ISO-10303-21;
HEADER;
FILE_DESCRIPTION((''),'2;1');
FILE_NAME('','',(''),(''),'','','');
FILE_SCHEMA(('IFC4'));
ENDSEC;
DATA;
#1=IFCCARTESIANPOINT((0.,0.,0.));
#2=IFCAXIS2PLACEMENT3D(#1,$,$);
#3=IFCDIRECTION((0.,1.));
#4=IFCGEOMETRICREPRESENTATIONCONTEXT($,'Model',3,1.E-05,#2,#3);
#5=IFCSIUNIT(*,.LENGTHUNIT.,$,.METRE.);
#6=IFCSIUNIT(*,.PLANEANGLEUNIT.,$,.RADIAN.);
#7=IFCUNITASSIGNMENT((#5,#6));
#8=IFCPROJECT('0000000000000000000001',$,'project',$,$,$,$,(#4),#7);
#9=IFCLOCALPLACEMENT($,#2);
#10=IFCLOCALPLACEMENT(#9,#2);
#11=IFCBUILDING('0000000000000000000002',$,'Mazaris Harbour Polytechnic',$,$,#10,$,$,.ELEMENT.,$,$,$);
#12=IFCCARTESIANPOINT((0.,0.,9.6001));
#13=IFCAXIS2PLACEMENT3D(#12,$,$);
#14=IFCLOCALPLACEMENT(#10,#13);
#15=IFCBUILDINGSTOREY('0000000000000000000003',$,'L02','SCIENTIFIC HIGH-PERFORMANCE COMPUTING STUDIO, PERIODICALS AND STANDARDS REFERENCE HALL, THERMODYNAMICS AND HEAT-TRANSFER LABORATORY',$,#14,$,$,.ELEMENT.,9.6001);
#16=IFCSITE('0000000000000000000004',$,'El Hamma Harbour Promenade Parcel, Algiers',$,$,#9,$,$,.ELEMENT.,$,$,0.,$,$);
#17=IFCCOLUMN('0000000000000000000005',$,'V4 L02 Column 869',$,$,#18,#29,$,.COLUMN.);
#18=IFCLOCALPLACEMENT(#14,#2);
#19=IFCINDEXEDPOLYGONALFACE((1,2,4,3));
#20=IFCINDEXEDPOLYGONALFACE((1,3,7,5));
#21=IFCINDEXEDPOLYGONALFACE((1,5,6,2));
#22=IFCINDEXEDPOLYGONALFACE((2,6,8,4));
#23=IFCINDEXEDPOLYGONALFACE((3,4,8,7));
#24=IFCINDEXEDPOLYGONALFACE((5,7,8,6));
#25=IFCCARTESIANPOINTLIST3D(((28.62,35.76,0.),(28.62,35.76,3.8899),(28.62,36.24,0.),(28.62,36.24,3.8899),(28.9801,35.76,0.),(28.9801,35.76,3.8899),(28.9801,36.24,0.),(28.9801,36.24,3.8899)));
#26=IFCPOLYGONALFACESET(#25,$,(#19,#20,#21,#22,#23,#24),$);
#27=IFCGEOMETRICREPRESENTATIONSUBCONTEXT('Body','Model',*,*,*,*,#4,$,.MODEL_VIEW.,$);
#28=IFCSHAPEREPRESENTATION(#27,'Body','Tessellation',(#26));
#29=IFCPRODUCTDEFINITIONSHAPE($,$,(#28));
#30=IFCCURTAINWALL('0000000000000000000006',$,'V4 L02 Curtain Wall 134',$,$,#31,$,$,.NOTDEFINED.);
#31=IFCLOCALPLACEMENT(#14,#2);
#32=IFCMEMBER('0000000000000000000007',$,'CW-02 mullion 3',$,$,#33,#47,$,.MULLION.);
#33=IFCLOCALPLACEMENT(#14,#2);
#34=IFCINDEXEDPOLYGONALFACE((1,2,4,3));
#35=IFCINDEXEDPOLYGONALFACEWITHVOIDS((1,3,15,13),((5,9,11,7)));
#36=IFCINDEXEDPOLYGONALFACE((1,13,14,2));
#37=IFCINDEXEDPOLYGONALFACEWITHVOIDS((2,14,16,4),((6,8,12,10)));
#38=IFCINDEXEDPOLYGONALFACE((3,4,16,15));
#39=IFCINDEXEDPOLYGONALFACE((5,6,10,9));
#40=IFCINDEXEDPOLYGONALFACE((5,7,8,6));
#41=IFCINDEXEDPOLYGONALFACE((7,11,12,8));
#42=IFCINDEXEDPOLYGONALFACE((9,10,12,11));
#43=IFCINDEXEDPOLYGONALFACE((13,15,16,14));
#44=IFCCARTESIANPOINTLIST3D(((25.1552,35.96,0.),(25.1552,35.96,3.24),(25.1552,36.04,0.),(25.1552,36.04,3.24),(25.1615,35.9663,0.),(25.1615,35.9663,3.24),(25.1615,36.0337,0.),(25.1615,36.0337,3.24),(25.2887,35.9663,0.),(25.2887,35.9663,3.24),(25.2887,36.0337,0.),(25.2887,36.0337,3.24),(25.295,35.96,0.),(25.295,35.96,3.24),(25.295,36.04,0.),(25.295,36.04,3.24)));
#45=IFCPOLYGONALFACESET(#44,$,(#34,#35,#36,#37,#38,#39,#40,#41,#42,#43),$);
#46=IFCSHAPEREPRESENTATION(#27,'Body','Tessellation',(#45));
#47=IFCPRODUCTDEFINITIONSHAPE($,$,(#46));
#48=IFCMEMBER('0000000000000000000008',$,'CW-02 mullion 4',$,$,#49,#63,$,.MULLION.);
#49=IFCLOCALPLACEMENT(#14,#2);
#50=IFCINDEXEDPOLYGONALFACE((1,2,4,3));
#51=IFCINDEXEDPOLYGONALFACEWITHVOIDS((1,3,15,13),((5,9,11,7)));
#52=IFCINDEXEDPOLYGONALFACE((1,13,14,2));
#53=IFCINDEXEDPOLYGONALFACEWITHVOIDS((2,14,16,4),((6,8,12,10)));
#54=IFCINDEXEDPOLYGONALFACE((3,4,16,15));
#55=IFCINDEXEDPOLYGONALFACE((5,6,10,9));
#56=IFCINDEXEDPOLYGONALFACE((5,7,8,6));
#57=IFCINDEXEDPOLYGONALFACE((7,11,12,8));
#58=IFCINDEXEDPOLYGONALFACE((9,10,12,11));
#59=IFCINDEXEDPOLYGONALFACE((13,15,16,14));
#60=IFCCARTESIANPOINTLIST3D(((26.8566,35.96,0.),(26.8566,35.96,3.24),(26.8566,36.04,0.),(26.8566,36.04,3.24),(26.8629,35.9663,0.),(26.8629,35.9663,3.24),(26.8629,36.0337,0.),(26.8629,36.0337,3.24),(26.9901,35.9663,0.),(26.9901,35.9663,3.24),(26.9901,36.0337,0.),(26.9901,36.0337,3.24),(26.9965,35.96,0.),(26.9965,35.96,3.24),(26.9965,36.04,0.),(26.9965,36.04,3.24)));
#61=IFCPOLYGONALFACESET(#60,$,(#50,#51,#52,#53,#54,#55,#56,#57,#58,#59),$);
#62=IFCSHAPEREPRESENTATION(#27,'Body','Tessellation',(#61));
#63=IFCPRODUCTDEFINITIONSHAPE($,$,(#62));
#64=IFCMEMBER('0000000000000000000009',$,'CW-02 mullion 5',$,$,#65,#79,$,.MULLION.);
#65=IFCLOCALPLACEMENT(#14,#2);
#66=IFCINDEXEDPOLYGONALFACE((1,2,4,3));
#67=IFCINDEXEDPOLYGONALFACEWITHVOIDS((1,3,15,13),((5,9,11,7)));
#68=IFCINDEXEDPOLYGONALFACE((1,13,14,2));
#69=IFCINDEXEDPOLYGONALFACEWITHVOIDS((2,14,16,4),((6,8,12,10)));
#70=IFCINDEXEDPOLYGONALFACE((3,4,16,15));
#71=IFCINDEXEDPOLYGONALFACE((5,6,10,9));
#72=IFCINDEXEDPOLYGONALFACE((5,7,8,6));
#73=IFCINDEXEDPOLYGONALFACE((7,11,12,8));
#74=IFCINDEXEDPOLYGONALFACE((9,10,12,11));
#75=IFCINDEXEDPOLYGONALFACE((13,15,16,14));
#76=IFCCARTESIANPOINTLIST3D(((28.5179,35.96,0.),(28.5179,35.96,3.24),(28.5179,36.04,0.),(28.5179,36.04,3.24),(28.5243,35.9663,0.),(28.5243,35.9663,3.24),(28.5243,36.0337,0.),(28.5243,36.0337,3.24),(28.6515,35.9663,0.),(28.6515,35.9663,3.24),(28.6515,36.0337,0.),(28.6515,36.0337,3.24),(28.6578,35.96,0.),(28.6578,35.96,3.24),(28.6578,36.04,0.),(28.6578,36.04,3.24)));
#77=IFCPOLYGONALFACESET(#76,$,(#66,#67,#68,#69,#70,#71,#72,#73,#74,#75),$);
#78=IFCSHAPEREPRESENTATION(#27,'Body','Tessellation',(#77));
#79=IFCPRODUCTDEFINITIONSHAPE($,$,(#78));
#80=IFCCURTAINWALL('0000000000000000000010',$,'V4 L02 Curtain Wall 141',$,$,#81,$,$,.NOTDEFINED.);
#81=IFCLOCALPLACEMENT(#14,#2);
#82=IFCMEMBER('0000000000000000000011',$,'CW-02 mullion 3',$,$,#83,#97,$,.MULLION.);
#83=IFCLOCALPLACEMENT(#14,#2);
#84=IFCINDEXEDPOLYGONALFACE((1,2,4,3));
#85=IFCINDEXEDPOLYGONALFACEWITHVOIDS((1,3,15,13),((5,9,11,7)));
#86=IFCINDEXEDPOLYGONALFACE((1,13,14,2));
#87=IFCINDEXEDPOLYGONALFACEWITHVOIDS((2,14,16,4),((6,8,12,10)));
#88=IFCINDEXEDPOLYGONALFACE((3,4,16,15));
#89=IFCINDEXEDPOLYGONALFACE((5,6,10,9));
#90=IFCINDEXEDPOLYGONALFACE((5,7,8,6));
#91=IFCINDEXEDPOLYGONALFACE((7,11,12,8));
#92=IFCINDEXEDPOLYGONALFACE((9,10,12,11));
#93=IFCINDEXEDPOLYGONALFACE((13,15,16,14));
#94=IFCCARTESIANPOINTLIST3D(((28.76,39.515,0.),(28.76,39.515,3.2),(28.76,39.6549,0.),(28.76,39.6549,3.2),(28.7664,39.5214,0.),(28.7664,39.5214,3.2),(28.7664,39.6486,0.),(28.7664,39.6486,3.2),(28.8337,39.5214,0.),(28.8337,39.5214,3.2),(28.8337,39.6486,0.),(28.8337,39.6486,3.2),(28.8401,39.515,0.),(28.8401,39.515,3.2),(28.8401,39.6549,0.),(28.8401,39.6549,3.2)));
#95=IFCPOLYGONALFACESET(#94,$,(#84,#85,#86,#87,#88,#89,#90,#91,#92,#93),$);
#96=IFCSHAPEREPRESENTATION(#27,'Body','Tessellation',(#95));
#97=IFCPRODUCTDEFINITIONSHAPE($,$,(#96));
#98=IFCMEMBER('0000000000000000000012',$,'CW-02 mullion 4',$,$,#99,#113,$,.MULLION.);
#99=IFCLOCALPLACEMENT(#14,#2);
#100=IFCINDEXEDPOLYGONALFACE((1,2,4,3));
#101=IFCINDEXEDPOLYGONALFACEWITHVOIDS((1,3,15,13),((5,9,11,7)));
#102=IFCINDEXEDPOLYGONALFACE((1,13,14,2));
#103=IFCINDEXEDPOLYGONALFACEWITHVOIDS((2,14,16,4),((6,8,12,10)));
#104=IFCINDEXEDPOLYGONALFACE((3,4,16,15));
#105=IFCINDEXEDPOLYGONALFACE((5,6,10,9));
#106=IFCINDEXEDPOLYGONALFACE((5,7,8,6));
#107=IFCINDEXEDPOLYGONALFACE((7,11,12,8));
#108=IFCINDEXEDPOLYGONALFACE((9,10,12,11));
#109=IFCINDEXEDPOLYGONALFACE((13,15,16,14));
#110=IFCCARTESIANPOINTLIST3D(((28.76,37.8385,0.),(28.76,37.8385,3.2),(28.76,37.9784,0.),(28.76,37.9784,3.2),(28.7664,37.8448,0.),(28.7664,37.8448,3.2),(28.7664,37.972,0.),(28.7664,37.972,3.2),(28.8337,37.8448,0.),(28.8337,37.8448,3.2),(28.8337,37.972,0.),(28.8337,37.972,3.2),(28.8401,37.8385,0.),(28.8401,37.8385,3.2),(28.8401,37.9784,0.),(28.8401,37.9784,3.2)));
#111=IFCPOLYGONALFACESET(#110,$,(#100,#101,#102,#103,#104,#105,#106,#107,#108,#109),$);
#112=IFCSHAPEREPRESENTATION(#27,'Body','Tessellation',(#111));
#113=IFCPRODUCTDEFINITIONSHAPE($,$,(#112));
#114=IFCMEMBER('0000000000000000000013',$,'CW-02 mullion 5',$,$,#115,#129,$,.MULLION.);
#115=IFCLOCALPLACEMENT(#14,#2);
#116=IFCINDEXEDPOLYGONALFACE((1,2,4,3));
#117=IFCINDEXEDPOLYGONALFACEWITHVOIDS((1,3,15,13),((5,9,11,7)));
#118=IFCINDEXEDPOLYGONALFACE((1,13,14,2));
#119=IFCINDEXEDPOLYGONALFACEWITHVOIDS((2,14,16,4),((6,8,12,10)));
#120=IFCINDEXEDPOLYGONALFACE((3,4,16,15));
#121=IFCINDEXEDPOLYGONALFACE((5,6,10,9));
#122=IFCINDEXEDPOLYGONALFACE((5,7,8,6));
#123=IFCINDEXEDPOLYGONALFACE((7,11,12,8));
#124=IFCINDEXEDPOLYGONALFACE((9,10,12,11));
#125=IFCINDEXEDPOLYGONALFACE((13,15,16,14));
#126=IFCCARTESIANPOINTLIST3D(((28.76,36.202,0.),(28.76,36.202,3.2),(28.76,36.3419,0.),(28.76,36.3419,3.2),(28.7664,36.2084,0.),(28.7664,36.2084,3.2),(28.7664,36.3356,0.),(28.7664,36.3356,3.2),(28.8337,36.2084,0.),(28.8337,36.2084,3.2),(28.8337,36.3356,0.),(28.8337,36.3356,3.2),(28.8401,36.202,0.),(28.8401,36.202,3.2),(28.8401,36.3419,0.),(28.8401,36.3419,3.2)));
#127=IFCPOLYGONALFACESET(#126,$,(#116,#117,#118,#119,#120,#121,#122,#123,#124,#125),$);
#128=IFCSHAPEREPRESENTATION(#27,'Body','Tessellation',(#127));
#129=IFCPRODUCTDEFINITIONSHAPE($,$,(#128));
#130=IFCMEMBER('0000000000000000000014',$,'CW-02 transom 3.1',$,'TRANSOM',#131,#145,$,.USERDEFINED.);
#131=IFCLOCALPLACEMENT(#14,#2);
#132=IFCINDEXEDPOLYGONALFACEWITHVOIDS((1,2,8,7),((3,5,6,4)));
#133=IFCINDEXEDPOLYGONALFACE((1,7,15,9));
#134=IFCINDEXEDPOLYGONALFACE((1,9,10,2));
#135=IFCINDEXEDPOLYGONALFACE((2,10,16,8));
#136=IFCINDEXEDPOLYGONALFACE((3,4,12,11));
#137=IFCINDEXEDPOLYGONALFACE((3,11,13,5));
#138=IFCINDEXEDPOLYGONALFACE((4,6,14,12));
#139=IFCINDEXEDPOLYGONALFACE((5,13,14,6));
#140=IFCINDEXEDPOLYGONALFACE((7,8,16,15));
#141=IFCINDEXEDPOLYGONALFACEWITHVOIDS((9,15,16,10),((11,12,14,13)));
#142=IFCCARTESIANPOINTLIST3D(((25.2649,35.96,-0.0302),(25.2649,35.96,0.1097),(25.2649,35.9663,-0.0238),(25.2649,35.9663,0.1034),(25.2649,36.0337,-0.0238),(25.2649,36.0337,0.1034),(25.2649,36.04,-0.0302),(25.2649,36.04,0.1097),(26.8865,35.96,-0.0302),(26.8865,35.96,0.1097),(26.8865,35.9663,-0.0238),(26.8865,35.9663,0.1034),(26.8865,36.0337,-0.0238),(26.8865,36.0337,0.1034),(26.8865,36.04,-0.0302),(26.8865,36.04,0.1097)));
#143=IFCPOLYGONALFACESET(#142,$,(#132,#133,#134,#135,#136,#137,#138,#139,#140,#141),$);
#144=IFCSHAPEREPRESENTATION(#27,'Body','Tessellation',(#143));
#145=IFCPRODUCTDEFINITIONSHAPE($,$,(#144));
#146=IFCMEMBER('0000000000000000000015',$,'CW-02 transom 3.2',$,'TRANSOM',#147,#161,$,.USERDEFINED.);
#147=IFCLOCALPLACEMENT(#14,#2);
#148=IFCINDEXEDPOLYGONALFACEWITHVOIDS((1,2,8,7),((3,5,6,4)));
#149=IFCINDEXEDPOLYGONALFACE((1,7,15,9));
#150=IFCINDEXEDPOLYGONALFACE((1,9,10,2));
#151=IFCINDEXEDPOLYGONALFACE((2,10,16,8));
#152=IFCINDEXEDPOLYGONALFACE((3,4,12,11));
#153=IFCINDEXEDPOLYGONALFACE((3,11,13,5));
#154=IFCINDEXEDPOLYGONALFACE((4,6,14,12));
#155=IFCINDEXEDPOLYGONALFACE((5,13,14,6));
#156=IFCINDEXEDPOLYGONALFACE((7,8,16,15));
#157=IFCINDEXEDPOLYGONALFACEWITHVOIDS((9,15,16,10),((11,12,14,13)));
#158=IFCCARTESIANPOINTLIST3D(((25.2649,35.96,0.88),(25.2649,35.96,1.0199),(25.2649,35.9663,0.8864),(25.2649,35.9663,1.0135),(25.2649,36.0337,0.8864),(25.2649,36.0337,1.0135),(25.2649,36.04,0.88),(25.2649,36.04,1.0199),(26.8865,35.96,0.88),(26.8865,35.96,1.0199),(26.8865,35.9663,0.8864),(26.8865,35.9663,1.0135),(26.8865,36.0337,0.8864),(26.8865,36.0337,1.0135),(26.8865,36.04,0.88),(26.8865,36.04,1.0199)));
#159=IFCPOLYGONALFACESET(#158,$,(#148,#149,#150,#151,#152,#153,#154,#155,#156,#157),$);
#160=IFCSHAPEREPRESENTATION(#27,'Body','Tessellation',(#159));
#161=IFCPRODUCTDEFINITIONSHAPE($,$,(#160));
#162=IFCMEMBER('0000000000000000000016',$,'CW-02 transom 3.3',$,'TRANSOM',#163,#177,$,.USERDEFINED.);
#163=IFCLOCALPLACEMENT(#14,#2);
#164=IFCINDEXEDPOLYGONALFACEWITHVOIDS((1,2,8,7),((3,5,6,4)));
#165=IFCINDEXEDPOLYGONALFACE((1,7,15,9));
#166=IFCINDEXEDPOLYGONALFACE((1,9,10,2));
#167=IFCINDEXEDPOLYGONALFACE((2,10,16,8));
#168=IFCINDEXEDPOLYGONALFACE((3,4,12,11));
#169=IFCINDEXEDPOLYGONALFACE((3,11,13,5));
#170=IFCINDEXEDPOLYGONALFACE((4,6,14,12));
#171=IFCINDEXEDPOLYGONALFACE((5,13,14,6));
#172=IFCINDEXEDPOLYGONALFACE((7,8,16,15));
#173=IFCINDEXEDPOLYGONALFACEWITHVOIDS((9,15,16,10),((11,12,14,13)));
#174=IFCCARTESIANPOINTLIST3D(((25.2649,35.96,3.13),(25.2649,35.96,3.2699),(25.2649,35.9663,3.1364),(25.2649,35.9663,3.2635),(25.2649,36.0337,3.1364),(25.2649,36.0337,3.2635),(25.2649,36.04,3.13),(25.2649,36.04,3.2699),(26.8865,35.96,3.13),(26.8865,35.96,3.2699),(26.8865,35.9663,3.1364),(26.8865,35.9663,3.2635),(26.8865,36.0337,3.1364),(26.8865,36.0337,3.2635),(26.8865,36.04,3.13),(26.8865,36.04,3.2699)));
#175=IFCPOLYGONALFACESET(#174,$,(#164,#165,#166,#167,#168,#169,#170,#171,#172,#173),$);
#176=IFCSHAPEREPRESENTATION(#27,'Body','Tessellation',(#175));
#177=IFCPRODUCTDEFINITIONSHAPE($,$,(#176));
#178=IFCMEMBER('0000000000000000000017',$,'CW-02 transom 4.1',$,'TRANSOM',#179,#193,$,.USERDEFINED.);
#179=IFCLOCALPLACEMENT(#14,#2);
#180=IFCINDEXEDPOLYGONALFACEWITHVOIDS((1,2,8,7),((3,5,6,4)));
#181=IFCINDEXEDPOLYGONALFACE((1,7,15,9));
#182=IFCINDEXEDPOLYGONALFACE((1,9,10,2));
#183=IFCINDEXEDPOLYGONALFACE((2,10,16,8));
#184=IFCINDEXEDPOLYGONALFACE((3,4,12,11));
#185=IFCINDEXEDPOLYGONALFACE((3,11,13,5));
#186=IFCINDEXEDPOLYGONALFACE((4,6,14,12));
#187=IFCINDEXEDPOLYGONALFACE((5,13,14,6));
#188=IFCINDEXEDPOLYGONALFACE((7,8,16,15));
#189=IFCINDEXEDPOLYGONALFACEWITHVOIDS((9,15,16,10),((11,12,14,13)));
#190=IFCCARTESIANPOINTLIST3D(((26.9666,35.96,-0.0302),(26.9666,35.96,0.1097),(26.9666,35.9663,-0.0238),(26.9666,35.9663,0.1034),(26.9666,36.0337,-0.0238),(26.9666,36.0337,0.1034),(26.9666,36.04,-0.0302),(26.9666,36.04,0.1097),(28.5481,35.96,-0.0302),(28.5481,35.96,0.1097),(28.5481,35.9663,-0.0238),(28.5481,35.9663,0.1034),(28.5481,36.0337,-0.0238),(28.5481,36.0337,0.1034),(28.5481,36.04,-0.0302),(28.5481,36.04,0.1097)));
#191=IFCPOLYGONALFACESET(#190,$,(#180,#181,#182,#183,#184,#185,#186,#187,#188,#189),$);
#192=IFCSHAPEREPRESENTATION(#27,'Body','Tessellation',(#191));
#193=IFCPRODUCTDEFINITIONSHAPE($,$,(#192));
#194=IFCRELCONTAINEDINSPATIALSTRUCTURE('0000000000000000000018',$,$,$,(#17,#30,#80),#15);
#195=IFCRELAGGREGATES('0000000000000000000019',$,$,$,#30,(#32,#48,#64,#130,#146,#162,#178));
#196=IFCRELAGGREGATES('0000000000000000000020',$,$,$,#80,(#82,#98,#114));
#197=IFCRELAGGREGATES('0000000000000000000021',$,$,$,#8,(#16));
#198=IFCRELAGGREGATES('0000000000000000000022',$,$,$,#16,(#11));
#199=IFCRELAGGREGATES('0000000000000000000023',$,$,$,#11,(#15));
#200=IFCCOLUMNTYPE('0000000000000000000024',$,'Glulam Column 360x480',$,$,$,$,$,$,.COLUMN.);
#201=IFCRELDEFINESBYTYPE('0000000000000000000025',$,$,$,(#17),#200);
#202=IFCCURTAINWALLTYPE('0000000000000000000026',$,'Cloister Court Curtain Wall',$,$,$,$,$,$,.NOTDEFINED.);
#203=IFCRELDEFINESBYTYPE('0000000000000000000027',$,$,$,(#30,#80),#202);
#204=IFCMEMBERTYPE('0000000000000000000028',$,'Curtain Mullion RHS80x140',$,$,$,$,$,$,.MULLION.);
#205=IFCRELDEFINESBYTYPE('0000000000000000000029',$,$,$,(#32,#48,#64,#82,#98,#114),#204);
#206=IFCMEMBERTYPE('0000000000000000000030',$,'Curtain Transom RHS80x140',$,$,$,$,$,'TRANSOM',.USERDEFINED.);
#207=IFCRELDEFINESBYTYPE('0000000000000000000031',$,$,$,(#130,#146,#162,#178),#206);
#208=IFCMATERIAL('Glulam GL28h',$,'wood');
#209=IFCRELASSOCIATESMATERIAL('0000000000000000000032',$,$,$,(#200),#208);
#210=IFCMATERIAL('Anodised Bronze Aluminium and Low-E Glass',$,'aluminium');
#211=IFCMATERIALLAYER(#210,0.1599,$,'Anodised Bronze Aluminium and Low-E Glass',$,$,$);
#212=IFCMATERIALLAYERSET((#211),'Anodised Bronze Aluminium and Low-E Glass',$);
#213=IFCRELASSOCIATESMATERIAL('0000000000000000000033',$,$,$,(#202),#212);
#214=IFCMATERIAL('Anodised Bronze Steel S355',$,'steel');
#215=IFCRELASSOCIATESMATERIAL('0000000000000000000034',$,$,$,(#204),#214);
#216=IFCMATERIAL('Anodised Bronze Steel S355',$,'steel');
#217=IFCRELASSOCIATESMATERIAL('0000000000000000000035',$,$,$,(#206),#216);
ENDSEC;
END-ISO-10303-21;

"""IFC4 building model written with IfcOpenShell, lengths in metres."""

from ifc_helpers import new_model, si_unit, direction, frame, origin, origin_2d, place, context, subcontext, project, spatial, rectangle, hollow_rectangle, extrude, material, layer, layer_set, material_profile, profile_set, type_object, element, aggregate, save


model = new_model("IFC4")

# Units and contexts
model_context = context("Model", 3, precision=1e-05, world=origin(), true_north=direction((0.0, 1.0)))
body_context = subcontext(model_context, "Body", "Model", "MODEL_VIEW")
ifc_project = project(units=[si_unit("LENGTHUNIT", "METRE"), si_unit("PLANEANGLEUNIT", "RADIAN")], contexts=[model_context])

# Site, building, storey
site_placement = place(None, origin())
site = spatial("IfcSite", under=ifc_project, at=site_placement, Name="El Hamma Harbour Promenade Parcel, Algiers", CompositionType="ELEMENT", RefElevation=0.0)
building_placement = place(site_placement, origin())
building = spatial("IfcBuilding", under=site, at=building_placement, Name="Mazaris Harbour Polytechnic", CompositionType="ELEMENT")
storey_placement = place(building_placement, frame((0.0, 0.0, 9.6001)))
storey = spatial("IfcBuildingStorey", under=building, at=storey_placement, Name="L02", Description="SCIENTIFIC HIGH-PERFORMANCE COMPUTING STUDIO, PERIODICALS AND STANDARDS REFERENCE HALL, THERMODYNAMICS AND HEAT-TRANSFER LABORATORY", CompositionType="ELEMENT", Elevation=9.6001)

# Column
ifc_material_1 = material(Name="Glulam GL28h", Category="wood")
ifc_material_profile_1 = material_profile(ifc_material_1, rectangle(XDim=0.3601, YDim=0.48, at=origin_2d()), Name="RECT360x480")
ifc_profile_set_1 = profile_set([ifc_material_profile_1], Name="Glulam GL28h")
column_type = type_object("IfcColumnType", Name="Glulam Column 360x480", PredefinedType="COLUMN", material=ifc_profile_set_1)
column_placement = place(storey_placement, frame((28.8, 36.0, 0.0), z_axis=(0.0, 0.0, 1.0), x_axis=(1.0, 0.0, 0.0)))
element("IfcColumn", 1, at=column_placement, inside=storey, type_object=column_type, Name="V4 L02 Column 869", PredefinedType="COLUMN", context=body_context, shape_type="SweptSolid", body=[
    extrude(rectangle(XDim=0.3601, YDim=0.48, at=origin_2d()), origin(), (0.0, 0.0, 1.0), 3.8899),
])

# Curtain walls, members
ifc_material_2 = material(Name="Anodised Bronze Aluminium and Low-E Glass", Category="aluminium")
ifc_layer_1 = layer(ifc_material_2, 0.1599, Name="Anodised Bronze Aluminium and Low-E Glass")
ifc_layer_set_1 = layer_set([ifc_layer_1], Name="Anodised Bronze Aluminium and Low-E Glass")
curtain_wall_type = type_object("IfcCurtainWallType", Name="Cloister Court Curtain Wall", PredefinedType="NOTDEFINED", material=ifc_layer_set_1)
curtain_wall_1_placement = place(storey_placement, origin())
curtain_wall_1 = element("IfcCurtainWall", 2, at=curtain_wall_1_placement, inside=storey, type_object=curtain_wall_type, Name="V4 L02 Curtain Wall 134", PredefinedType="NOTDEFINED")
ifc_material_3 = material(Name="Anodised Bronze Steel S355", Category="steel")
ifc_material_profile_2 = material_profile(ifc_material_3, hollow_rectangle(XDim=0.0801, YDim=0.1399, WallThickness=0.0063, at=origin_2d()), Name="RHS 80x140x6.3")
ifc_profile_set_2 = profile_set([ifc_material_profile_2], Name="Anodised Bronze Steel S355")
member_type_1 = type_object("IfcMemberType", Name="Curtain Mullion RHS80x140", PredefinedType="MULLION", material=ifc_profile_set_2)
member_1_placement = place(storey_placement, frame((25.2251, 36.0, 0.0), z_axis=(0.0, 0.0, 1.0), x_axis=(0.0, 1.0, 0.0)))
member_1 = element("IfcMember", 3, at=member_1_placement, type_object=member_type_1, Name="CW-02 mullion 3", PredefinedType="MULLION", context=body_context, shape_type="SweptSolid", body=[
    extrude(hollow_rectangle(XDim=0.0801, YDim=0.1399, WallThickness=0.0063, at=origin_2d()), origin(), (0.0, 0.0, 1.0), 3.24),
])
member_2_placement = place(storey_placement, frame((26.9265, 36.0, 0.0), z_axis=(0.0, 0.0, 1.0), x_axis=(0.0, 1.0, 0.0)))
member_2 = element("IfcMember", 4, at=member_2_placement, type_object=member_type_1, Name="CW-02 mullion 4", PredefinedType="MULLION", context=body_context, shape_type="SweptSolid", body=[
    extrude(hollow_rectangle(XDim=0.0801, YDim=0.1399, WallThickness=0.0063, at=origin_2d()), origin(), (0.0, 0.0, 1.0), 3.24),
])
member_3_placement = place(storey_placement, frame((28.5879, 36.0, 0.0), z_axis=(0.0, 0.0, 1.0), x_axis=(0.0, 1.0, 0.0)))
member_3 = element("IfcMember", 5, at=member_3_placement, type_object=member_type_1, Name="CW-02 mullion 5", PredefinedType="MULLION", context=body_context, shape_type="SweptSolid", body=[
    extrude(hollow_rectangle(XDim=0.0801, YDim=0.1399, WallThickness=0.0063, at=origin_2d()), origin(), (0.0, 0.0, 1.0), 3.24),
])
curtain_wall_2_placement = place(storey_placement, origin())
curtain_wall_2 = element("IfcCurtainWall", 6, at=curtain_wall_2_placement, inside=storey, type_object=curtain_wall_type, Name="V4 L02 Curtain Wall 141", PredefinedType="NOTDEFINED")
member_4_placement = place(storey_placement, frame((28.8, 39.585, 0.0), z_axis=(0.0, 0.0, 1.0), x_axis=(1.0, 0.0, 0.0)))
member_4 = element("IfcMember", 7, at=member_4_placement, type_object=member_type_1, Name="CW-02 mullion 3", PredefinedType="MULLION", context=body_context, shape_type="SweptSolid", body=[
    extrude(hollow_rectangle(XDim=0.0801, YDim=0.1399, WallThickness=0.0063, at=origin_2d()), origin(), (0.0, 0.0, 1.0), 3.2),
])
member_5_placement = place(storey_placement, frame((28.8, 37.9084, 0.0), z_axis=(0.0, 0.0, 1.0), x_axis=(1.0, 0.0, 0.0)))
member_5 = element("IfcMember", 8, at=member_5_placement, type_object=member_type_1, Name="CW-02 mullion 4", PredefinedType="MULLION", context=body_context, shape_type="SweptSolid", body=[
    extrude(hollow_rectangle(XDim=0.0801, YDim=0.1399, WallThickness=0.0063, at=origin_2d()), origin(), (0.0, 0.0, 1.0), 3.2),
])
member_6_placement = place(storey_placement, frame((28.8, 36.272, 0.0), z_axis=(0.0, 0.0, 1.0), x_axis=(1.0, 0.0, 0.0)))
member_6 = element("IfcMember", 9, at=member_6_placement, type_object=member_type_1, Name="CW-02 mullion 5", PredefinedType="MULLION", context=body_context, shape_type="SweptSolid", body=[
    extrude(hollow_rectangle(XDim=0.0801, YDim=0.1399, WallThickness=0.0063, at=origin_2d()), origin(), (0.0, 0.0, 1.0), 3.2),
])

# Members
ifc_material_4 = material(Name="Anodised Bronze Steel S355", Category="steel")
ifc_material_profile_3 = material_profile(ifc_material_4, hollow_rectangle(XDim=0.0801, YDim=0.1399, WallThickness=0.0063, at=origin_2d()), Name="RHS 80x140x6.3")
ifc_profile_set_3 = profile_set([ifc_material_profile_3], Name="Anodised Bronze Steel S355")
member_type_2 = type_object("IfcMemberType", Name="Curtain Transom RHS80x140", ElementType="TRANSOM", PredefinedType="USERDEFINED", material=ifc_profile_set_3)
member_7_placement = place(storey_placement, frame((25.2649, 36.0, 0.0398), z_axis=(1.0, 0.0, 0.0), x_axis=(0.0, 1.0, 0.0)))
member_7 = element("IfcMember", 10, at=member_7_placement, type_object=member_type_2, Name="CW-02 transom 3.1", ObjectType="TRANSOM", PredefinedType="USERDEFINED", context=body_context, shape_type="SweptSolid", body=[
    extrude(hollow_rectangle(XDim=0.0801, YDim=0.1399, WallThickness=0.0063, at=origin_2d()), origin(), (0.0, 0.0, 1.0), 1.6216),
])
member_8_placement = place(storey_placement, frame((25.2649, 36.0, 0.95), z_axis=(1.0, 0.0, 0.0), x_axis=(0.0, 1.0, 0.0)))
member_8 = element("IfcMember", 11, at=member_8_placement, type_object=member_type_2, Name="CW-02 transom 3.2", ObjectType="TRANSOM", PredefinedType="USERDEFINED", context=body_context, shape_type="SweptSolid", body=[
    extrude(hollow_rectangle(XDim=0.0801, YDim=0.1399, WallThickness=0.0063, at=origin_2d()), origin(), (0.0, 0.0, 1.0), 1.6216),
])
member_9_placement = place(storey_placement, frame((25.2649, 36.0, 3.2), z_axis=(1.0, 0.0, 0.0), x_axis=(0.0, 1.0, 0.0)))
member_9 = element("IfcMember", 12, at=member_9_placement, type_object=member_type_2, Name="CW-02 transom 3.3", ObjectType="TRANSOM", PredefinedType="USERDEFINED", context=body_context, shape_type="SweptSolid", body=[
    extrude(hollow_rectangle(XDim=0.0801, YDim=0.1399, WallThickness=0.0063, at=origin_2d()), origin(), (0.0, 0.0, 1.0), 1.6216),
])
member_10_placement = place(storey_placement, frame((26.9666, 36.0, 0.0398), z_axis=(1.0, 0.0, 0.0), x_axis=(0.0, 1.0, 0.0)))
member_10 = element("IfcMember", 13, at=member_10_placement, type_object=member_type_2, Name="CW-02 transom 4.1", ObjectType="TRANSOM", PredefinedType="USERDEFINED", context=body_context, shape_type="SweptSolid", body=[
    extrude(hollow_rectangle(XDim=0.0801, YDim=0.1399, WallThickness=0.0063, at=origin_2d()), origin(), (0.0, 0.0, 1.0), 1.5815),
])

aggregate(curtain_wall_1, [member_1, member_2, member_3, member_7, member_8, member_9, member_10])
aggregate(curtain_wall_2, [member_4, member_5, member_6])

save(model, "model.ifc")
